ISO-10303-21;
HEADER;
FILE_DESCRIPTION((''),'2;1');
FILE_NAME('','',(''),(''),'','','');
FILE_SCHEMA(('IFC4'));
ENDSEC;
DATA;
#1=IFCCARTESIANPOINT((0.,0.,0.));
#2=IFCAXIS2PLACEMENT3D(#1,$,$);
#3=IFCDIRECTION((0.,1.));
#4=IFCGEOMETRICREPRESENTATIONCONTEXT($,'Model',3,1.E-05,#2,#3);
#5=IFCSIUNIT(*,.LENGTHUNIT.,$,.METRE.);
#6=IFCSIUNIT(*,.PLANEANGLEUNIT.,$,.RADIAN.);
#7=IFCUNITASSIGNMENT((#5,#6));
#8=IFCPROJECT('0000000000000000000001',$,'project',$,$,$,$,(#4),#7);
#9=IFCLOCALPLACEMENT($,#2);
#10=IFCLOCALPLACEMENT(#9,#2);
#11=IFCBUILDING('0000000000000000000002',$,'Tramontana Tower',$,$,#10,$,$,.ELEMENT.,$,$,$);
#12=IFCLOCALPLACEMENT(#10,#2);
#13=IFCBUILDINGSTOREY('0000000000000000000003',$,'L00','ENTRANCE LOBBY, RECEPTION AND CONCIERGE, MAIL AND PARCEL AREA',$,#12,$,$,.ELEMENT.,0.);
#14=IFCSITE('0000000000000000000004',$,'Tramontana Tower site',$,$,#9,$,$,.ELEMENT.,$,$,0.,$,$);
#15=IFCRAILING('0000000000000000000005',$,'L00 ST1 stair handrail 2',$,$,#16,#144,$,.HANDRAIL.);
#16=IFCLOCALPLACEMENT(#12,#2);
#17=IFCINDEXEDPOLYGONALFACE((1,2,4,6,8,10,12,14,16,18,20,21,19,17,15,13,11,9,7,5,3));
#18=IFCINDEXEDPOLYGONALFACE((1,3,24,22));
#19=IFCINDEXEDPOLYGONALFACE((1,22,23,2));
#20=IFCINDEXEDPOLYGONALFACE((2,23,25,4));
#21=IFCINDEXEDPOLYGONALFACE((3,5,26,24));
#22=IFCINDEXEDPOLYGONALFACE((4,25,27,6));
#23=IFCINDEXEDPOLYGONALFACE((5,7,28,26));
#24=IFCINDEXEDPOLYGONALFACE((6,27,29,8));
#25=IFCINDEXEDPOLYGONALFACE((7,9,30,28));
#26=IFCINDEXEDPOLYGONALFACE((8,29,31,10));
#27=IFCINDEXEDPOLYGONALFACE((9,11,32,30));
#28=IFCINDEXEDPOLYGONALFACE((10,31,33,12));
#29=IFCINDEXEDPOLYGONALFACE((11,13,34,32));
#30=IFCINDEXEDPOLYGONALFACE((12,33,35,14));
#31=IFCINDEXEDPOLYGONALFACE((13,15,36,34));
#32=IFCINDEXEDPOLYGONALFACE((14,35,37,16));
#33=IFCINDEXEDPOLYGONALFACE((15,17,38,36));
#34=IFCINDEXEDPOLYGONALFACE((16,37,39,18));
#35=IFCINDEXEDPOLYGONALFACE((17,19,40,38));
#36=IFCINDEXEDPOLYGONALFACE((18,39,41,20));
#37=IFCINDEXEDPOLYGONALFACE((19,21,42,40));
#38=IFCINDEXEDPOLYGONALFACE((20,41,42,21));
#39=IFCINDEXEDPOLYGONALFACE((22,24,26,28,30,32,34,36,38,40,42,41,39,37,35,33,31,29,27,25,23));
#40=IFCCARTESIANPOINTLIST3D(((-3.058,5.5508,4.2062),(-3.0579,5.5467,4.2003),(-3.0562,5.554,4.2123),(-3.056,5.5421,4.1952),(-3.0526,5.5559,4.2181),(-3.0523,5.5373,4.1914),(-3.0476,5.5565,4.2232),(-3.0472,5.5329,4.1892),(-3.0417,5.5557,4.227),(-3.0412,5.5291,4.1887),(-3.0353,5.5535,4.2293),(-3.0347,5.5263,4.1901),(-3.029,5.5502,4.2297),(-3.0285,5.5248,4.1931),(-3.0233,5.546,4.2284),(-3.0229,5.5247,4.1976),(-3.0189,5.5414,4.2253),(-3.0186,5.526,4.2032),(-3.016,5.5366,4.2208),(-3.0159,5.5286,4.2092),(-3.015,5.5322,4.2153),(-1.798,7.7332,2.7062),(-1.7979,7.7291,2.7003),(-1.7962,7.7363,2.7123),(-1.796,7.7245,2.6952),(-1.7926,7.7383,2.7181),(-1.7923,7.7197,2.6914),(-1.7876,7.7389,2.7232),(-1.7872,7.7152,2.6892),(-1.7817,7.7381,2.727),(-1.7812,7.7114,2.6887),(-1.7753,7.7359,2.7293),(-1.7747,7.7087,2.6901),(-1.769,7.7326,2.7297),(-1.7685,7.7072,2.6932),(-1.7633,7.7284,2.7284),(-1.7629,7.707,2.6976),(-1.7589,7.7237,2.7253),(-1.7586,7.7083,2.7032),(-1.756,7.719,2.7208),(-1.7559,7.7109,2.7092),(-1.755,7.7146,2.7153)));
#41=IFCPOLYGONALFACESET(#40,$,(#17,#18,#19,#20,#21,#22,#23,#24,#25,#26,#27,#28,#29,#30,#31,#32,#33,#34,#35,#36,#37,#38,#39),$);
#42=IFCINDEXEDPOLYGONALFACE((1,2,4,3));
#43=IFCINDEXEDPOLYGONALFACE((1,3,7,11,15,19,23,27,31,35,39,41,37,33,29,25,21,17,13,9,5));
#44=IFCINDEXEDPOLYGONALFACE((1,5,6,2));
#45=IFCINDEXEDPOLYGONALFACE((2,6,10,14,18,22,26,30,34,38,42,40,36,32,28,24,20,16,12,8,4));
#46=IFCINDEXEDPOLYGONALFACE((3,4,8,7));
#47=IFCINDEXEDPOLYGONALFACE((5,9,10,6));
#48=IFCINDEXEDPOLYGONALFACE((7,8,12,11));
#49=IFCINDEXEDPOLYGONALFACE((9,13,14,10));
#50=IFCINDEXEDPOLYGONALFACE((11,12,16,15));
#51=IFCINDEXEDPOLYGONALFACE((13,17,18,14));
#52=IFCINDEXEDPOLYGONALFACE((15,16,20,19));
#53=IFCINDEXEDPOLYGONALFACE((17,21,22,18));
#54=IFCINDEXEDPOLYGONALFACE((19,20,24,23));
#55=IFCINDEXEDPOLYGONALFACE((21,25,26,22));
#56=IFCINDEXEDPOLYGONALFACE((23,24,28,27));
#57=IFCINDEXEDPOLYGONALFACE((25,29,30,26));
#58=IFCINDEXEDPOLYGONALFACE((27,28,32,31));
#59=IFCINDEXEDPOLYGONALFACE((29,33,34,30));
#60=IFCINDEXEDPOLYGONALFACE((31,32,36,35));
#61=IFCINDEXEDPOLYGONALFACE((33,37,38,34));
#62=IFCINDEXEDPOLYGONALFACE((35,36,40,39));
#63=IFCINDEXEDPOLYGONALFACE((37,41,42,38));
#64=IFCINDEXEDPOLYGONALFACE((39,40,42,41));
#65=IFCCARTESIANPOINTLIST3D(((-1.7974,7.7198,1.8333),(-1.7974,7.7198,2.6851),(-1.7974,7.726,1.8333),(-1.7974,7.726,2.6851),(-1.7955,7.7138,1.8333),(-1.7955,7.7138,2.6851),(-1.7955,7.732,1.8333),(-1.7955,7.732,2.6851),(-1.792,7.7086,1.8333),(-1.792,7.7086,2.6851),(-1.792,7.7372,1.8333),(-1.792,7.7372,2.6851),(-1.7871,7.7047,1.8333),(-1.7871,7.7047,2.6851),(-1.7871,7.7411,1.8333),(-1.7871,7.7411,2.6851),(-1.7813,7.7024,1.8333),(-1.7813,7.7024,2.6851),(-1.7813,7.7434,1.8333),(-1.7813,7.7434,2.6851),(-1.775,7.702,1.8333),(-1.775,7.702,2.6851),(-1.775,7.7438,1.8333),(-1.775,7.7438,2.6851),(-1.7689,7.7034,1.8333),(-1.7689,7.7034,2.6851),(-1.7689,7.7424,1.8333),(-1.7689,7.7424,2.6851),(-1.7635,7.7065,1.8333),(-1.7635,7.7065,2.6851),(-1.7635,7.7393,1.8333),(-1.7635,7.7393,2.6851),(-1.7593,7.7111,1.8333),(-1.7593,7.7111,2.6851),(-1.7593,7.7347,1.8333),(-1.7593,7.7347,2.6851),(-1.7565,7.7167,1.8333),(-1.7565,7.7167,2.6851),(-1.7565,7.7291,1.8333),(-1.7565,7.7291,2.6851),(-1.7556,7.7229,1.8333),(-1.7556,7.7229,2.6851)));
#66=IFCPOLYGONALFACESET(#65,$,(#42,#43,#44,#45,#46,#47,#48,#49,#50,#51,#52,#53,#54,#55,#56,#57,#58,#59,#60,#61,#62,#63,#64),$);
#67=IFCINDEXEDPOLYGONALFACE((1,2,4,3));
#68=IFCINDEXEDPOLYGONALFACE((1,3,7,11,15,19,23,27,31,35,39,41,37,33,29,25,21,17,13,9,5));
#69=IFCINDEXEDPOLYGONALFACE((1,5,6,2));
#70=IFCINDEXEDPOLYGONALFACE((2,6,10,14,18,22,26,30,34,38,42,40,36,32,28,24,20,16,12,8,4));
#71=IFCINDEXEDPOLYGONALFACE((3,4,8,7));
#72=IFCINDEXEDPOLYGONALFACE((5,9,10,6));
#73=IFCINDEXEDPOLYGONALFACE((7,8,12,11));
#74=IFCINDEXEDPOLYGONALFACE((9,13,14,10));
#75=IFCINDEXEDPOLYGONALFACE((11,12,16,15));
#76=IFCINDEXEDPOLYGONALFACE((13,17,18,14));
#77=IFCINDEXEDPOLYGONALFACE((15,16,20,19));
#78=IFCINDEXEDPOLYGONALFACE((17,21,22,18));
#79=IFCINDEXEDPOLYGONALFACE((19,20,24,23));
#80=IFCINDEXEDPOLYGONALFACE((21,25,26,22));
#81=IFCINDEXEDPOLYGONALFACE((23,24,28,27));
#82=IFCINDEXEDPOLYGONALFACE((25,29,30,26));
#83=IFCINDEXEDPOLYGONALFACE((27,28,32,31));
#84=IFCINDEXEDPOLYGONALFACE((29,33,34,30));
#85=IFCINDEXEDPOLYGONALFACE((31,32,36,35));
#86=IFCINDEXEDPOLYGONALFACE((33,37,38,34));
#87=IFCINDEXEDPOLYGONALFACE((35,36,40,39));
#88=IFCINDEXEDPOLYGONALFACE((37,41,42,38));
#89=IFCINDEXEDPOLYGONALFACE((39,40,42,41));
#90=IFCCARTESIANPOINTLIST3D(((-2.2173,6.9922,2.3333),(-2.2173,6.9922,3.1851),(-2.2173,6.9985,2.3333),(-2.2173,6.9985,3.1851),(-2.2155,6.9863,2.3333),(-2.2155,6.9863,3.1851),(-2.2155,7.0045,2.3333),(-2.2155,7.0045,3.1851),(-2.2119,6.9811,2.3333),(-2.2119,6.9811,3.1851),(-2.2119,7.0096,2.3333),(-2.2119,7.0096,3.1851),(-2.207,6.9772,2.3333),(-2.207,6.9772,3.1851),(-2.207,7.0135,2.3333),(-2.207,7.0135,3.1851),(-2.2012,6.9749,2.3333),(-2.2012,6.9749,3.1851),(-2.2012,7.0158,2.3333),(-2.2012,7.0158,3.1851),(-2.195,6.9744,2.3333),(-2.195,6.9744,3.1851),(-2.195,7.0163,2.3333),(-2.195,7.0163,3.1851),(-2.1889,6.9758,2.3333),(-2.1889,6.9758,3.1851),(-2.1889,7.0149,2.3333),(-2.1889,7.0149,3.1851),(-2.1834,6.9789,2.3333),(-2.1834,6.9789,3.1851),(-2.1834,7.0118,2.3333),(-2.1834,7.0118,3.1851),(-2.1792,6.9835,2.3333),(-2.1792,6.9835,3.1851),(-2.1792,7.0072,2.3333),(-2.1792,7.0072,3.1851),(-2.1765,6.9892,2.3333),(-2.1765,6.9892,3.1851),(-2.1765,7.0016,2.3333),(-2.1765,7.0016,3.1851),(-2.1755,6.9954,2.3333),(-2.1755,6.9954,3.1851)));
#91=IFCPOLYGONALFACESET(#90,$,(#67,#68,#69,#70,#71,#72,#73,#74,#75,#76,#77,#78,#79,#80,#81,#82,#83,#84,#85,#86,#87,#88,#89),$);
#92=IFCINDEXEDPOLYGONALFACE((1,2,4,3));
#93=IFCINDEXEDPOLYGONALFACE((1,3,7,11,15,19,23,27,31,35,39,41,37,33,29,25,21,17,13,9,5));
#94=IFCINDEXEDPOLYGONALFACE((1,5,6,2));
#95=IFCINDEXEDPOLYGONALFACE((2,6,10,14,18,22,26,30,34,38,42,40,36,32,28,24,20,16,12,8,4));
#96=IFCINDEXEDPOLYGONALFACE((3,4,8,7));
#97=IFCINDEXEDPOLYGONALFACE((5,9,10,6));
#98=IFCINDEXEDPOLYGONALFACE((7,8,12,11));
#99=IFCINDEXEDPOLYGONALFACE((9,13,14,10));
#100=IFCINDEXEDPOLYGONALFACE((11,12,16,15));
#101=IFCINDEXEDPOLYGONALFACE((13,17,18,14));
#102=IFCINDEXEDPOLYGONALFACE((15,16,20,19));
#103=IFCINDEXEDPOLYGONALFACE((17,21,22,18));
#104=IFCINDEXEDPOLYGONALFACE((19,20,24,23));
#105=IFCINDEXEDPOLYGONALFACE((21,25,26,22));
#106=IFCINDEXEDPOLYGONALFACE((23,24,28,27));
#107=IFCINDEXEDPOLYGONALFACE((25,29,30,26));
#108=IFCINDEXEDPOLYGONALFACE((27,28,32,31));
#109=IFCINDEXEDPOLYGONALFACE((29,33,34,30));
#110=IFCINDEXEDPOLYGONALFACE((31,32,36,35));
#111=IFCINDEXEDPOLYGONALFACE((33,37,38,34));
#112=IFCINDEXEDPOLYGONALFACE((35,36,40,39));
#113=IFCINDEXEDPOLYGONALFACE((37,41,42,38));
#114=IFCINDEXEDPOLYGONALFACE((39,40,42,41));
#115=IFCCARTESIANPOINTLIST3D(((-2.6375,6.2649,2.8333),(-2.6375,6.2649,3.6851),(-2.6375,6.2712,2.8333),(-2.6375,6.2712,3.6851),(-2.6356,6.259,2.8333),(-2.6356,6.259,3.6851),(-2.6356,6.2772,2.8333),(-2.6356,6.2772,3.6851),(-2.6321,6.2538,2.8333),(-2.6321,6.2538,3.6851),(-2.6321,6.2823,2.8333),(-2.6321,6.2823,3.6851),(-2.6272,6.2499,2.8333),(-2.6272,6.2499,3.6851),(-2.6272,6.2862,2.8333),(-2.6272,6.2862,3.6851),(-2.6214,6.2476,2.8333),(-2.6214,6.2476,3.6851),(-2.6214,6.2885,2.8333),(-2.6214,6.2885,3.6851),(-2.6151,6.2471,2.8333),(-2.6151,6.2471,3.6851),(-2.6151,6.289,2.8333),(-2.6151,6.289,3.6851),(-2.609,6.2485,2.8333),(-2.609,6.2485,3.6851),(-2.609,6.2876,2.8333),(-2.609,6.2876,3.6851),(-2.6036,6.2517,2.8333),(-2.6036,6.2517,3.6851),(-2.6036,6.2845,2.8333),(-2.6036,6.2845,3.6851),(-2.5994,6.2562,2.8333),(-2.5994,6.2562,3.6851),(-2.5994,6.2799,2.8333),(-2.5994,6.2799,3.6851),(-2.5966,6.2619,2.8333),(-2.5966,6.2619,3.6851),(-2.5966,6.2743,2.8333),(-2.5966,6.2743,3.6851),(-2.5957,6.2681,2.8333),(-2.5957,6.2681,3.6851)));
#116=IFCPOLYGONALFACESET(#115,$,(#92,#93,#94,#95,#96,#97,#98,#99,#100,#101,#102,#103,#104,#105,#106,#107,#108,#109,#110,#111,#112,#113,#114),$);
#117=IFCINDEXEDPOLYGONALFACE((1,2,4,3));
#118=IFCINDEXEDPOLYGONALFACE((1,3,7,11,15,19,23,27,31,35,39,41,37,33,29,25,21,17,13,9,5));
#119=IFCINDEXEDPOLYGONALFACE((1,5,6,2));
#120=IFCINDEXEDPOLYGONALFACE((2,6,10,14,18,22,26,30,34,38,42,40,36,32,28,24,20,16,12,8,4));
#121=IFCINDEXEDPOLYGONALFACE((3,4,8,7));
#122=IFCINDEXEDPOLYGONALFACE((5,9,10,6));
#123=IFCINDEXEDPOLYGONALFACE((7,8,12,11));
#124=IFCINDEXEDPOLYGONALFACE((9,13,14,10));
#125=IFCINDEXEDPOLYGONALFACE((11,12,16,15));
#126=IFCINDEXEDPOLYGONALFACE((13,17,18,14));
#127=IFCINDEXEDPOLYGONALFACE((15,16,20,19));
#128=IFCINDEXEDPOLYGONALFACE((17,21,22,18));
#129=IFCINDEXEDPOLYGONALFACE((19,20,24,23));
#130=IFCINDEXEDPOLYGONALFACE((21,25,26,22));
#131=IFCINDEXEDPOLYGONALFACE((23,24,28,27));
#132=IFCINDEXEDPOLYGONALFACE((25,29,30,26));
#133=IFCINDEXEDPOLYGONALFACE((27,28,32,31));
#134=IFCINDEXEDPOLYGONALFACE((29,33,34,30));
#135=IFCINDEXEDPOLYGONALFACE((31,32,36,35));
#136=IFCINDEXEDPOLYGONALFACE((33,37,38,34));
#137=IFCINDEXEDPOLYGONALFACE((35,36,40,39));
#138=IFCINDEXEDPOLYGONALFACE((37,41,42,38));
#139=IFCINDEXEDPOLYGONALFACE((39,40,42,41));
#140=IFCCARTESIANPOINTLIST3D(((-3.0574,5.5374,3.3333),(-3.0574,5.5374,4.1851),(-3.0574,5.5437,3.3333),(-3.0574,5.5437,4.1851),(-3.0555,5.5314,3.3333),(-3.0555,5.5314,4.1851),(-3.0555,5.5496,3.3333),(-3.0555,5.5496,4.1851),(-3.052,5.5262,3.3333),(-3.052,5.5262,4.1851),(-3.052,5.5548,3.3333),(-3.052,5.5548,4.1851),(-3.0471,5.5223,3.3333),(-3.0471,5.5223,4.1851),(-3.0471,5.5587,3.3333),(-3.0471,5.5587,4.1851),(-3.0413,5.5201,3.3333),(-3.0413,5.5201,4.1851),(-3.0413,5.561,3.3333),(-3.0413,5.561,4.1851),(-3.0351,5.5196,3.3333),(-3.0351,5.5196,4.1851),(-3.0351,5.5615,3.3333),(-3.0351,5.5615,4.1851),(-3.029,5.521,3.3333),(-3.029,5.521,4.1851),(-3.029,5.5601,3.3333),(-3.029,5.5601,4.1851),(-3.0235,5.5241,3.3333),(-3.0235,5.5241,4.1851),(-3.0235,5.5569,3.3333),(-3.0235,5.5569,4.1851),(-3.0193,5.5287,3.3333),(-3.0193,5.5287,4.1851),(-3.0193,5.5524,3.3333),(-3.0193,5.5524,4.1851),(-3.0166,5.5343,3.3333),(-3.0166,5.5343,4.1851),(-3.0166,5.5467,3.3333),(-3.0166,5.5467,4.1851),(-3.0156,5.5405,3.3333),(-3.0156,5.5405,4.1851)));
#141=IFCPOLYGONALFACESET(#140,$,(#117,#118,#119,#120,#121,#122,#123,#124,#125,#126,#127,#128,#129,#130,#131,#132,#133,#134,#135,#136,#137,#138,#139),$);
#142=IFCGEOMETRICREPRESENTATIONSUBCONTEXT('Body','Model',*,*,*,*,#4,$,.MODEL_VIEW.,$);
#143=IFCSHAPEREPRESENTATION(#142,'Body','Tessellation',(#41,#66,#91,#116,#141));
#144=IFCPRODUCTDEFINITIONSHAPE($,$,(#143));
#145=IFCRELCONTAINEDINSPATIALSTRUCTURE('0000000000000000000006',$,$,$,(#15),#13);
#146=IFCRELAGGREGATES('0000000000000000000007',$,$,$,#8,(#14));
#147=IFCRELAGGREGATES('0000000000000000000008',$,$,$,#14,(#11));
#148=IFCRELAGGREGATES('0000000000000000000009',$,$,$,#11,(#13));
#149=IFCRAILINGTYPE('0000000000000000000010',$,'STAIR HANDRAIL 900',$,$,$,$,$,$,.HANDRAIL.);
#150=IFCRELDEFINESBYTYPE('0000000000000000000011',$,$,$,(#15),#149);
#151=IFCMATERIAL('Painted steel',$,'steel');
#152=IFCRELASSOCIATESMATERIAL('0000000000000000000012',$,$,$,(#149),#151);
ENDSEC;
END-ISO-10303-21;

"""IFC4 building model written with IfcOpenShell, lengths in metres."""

from ifc_helpers import new_model, si_unit, direction, frame, origin, origin_2d, place, context, subcontext, project, spatial, circle, extrude, material, type_object, element, save


model = new_model("IFC4")

# Units and contexts
model_context = context("Model", 3, precision=1e-05, world=origin(), true_north=direction((0.0, 1.0)))
body_context = subcontext(model_context, "Body", "Model", "MODEL_VIEW")
ifc_project = project(units=[si_unit("LENGTHUNIT", "METRE"), si_unit("PLANEANGLEUNIT", "RADIAN")], contexts=[model_context])

# Site, building, storey
site_placement = place(None, origin())
site = spatial("IfcSite", under=ifc_project, at=site_placement, Name="Tramontana Tower site", CompositionType="ELEMENT", RefElevation=0.0)
building_placement = place(site_placement, origin())
building = spatial("IfcBuilding", under=site, at=building_placement, Name="Tramontana Tower", CompositionType="ELEMENT")
storey_placement = place(building_placement, origin())
storey = spatial("IfcBuildingStorey", under=building, at=storey_placement, Name="L00", Description="ENTRANCE LOBBY, RECEPTION AND CONCIERGE, MAIL AND PARCEL AREA", CompositionType="ELEMENT", Elevation=0.0)

# Railing
ifc_material_1 = material(Name="Painted steel", Category="steel")
railing_type_1 = type_object("IfcRailingType", Name="STAIR HANDRAIL 900", PredefinedType="HANDRAIL", material=ifc_material_1)
for number, where, name in (
    (1, (-1.7766, 7.7229, 1.8333), "L00 ST1 stair handrail 2"),
):
    element("IfcRailing", number, at=place(storey_placement, frame(where)), inside=storey, type_object=railing_type_1, Name=name, PredefinedType="HANDRAIL", context=body_context, shape_type="SweptSolid", body=[
        extrude(circle(Radius=0.0239, at=origin_2d()), frame((0.0, 0.0, 0.876), z_axis=(-0.42965, -0.744167, 0.511485), x_axis=(0.866023, -0.500005, 0.0)), (0.0, 0.0, 1.0), 2.9326),
        extrude(circle(Radius=0.021, at=origin_2d()), origin(), (0.0, 0.0, 1.0), 0.8518),
        extrude(circle(Radius=0.021, at=origin_2d()), frame((-0.4199, -0.7275, 0.5)), (0.0, 0.0, 1.0), 0.8518),
        extrude(circle(Radius=0.021, at=origin_2d()), frame((-0.8401, -1.4548, 1.0)), (0.0, 0.0, 1.0), 0.8518),
        extrude(circle(Radius=0.021, at=origin_2d()), frame((-1.26, -2.1824, 1.5)), (0.0, 0.0, 1.0), 0.8518),
    ])

save(model, "model.ifc")
